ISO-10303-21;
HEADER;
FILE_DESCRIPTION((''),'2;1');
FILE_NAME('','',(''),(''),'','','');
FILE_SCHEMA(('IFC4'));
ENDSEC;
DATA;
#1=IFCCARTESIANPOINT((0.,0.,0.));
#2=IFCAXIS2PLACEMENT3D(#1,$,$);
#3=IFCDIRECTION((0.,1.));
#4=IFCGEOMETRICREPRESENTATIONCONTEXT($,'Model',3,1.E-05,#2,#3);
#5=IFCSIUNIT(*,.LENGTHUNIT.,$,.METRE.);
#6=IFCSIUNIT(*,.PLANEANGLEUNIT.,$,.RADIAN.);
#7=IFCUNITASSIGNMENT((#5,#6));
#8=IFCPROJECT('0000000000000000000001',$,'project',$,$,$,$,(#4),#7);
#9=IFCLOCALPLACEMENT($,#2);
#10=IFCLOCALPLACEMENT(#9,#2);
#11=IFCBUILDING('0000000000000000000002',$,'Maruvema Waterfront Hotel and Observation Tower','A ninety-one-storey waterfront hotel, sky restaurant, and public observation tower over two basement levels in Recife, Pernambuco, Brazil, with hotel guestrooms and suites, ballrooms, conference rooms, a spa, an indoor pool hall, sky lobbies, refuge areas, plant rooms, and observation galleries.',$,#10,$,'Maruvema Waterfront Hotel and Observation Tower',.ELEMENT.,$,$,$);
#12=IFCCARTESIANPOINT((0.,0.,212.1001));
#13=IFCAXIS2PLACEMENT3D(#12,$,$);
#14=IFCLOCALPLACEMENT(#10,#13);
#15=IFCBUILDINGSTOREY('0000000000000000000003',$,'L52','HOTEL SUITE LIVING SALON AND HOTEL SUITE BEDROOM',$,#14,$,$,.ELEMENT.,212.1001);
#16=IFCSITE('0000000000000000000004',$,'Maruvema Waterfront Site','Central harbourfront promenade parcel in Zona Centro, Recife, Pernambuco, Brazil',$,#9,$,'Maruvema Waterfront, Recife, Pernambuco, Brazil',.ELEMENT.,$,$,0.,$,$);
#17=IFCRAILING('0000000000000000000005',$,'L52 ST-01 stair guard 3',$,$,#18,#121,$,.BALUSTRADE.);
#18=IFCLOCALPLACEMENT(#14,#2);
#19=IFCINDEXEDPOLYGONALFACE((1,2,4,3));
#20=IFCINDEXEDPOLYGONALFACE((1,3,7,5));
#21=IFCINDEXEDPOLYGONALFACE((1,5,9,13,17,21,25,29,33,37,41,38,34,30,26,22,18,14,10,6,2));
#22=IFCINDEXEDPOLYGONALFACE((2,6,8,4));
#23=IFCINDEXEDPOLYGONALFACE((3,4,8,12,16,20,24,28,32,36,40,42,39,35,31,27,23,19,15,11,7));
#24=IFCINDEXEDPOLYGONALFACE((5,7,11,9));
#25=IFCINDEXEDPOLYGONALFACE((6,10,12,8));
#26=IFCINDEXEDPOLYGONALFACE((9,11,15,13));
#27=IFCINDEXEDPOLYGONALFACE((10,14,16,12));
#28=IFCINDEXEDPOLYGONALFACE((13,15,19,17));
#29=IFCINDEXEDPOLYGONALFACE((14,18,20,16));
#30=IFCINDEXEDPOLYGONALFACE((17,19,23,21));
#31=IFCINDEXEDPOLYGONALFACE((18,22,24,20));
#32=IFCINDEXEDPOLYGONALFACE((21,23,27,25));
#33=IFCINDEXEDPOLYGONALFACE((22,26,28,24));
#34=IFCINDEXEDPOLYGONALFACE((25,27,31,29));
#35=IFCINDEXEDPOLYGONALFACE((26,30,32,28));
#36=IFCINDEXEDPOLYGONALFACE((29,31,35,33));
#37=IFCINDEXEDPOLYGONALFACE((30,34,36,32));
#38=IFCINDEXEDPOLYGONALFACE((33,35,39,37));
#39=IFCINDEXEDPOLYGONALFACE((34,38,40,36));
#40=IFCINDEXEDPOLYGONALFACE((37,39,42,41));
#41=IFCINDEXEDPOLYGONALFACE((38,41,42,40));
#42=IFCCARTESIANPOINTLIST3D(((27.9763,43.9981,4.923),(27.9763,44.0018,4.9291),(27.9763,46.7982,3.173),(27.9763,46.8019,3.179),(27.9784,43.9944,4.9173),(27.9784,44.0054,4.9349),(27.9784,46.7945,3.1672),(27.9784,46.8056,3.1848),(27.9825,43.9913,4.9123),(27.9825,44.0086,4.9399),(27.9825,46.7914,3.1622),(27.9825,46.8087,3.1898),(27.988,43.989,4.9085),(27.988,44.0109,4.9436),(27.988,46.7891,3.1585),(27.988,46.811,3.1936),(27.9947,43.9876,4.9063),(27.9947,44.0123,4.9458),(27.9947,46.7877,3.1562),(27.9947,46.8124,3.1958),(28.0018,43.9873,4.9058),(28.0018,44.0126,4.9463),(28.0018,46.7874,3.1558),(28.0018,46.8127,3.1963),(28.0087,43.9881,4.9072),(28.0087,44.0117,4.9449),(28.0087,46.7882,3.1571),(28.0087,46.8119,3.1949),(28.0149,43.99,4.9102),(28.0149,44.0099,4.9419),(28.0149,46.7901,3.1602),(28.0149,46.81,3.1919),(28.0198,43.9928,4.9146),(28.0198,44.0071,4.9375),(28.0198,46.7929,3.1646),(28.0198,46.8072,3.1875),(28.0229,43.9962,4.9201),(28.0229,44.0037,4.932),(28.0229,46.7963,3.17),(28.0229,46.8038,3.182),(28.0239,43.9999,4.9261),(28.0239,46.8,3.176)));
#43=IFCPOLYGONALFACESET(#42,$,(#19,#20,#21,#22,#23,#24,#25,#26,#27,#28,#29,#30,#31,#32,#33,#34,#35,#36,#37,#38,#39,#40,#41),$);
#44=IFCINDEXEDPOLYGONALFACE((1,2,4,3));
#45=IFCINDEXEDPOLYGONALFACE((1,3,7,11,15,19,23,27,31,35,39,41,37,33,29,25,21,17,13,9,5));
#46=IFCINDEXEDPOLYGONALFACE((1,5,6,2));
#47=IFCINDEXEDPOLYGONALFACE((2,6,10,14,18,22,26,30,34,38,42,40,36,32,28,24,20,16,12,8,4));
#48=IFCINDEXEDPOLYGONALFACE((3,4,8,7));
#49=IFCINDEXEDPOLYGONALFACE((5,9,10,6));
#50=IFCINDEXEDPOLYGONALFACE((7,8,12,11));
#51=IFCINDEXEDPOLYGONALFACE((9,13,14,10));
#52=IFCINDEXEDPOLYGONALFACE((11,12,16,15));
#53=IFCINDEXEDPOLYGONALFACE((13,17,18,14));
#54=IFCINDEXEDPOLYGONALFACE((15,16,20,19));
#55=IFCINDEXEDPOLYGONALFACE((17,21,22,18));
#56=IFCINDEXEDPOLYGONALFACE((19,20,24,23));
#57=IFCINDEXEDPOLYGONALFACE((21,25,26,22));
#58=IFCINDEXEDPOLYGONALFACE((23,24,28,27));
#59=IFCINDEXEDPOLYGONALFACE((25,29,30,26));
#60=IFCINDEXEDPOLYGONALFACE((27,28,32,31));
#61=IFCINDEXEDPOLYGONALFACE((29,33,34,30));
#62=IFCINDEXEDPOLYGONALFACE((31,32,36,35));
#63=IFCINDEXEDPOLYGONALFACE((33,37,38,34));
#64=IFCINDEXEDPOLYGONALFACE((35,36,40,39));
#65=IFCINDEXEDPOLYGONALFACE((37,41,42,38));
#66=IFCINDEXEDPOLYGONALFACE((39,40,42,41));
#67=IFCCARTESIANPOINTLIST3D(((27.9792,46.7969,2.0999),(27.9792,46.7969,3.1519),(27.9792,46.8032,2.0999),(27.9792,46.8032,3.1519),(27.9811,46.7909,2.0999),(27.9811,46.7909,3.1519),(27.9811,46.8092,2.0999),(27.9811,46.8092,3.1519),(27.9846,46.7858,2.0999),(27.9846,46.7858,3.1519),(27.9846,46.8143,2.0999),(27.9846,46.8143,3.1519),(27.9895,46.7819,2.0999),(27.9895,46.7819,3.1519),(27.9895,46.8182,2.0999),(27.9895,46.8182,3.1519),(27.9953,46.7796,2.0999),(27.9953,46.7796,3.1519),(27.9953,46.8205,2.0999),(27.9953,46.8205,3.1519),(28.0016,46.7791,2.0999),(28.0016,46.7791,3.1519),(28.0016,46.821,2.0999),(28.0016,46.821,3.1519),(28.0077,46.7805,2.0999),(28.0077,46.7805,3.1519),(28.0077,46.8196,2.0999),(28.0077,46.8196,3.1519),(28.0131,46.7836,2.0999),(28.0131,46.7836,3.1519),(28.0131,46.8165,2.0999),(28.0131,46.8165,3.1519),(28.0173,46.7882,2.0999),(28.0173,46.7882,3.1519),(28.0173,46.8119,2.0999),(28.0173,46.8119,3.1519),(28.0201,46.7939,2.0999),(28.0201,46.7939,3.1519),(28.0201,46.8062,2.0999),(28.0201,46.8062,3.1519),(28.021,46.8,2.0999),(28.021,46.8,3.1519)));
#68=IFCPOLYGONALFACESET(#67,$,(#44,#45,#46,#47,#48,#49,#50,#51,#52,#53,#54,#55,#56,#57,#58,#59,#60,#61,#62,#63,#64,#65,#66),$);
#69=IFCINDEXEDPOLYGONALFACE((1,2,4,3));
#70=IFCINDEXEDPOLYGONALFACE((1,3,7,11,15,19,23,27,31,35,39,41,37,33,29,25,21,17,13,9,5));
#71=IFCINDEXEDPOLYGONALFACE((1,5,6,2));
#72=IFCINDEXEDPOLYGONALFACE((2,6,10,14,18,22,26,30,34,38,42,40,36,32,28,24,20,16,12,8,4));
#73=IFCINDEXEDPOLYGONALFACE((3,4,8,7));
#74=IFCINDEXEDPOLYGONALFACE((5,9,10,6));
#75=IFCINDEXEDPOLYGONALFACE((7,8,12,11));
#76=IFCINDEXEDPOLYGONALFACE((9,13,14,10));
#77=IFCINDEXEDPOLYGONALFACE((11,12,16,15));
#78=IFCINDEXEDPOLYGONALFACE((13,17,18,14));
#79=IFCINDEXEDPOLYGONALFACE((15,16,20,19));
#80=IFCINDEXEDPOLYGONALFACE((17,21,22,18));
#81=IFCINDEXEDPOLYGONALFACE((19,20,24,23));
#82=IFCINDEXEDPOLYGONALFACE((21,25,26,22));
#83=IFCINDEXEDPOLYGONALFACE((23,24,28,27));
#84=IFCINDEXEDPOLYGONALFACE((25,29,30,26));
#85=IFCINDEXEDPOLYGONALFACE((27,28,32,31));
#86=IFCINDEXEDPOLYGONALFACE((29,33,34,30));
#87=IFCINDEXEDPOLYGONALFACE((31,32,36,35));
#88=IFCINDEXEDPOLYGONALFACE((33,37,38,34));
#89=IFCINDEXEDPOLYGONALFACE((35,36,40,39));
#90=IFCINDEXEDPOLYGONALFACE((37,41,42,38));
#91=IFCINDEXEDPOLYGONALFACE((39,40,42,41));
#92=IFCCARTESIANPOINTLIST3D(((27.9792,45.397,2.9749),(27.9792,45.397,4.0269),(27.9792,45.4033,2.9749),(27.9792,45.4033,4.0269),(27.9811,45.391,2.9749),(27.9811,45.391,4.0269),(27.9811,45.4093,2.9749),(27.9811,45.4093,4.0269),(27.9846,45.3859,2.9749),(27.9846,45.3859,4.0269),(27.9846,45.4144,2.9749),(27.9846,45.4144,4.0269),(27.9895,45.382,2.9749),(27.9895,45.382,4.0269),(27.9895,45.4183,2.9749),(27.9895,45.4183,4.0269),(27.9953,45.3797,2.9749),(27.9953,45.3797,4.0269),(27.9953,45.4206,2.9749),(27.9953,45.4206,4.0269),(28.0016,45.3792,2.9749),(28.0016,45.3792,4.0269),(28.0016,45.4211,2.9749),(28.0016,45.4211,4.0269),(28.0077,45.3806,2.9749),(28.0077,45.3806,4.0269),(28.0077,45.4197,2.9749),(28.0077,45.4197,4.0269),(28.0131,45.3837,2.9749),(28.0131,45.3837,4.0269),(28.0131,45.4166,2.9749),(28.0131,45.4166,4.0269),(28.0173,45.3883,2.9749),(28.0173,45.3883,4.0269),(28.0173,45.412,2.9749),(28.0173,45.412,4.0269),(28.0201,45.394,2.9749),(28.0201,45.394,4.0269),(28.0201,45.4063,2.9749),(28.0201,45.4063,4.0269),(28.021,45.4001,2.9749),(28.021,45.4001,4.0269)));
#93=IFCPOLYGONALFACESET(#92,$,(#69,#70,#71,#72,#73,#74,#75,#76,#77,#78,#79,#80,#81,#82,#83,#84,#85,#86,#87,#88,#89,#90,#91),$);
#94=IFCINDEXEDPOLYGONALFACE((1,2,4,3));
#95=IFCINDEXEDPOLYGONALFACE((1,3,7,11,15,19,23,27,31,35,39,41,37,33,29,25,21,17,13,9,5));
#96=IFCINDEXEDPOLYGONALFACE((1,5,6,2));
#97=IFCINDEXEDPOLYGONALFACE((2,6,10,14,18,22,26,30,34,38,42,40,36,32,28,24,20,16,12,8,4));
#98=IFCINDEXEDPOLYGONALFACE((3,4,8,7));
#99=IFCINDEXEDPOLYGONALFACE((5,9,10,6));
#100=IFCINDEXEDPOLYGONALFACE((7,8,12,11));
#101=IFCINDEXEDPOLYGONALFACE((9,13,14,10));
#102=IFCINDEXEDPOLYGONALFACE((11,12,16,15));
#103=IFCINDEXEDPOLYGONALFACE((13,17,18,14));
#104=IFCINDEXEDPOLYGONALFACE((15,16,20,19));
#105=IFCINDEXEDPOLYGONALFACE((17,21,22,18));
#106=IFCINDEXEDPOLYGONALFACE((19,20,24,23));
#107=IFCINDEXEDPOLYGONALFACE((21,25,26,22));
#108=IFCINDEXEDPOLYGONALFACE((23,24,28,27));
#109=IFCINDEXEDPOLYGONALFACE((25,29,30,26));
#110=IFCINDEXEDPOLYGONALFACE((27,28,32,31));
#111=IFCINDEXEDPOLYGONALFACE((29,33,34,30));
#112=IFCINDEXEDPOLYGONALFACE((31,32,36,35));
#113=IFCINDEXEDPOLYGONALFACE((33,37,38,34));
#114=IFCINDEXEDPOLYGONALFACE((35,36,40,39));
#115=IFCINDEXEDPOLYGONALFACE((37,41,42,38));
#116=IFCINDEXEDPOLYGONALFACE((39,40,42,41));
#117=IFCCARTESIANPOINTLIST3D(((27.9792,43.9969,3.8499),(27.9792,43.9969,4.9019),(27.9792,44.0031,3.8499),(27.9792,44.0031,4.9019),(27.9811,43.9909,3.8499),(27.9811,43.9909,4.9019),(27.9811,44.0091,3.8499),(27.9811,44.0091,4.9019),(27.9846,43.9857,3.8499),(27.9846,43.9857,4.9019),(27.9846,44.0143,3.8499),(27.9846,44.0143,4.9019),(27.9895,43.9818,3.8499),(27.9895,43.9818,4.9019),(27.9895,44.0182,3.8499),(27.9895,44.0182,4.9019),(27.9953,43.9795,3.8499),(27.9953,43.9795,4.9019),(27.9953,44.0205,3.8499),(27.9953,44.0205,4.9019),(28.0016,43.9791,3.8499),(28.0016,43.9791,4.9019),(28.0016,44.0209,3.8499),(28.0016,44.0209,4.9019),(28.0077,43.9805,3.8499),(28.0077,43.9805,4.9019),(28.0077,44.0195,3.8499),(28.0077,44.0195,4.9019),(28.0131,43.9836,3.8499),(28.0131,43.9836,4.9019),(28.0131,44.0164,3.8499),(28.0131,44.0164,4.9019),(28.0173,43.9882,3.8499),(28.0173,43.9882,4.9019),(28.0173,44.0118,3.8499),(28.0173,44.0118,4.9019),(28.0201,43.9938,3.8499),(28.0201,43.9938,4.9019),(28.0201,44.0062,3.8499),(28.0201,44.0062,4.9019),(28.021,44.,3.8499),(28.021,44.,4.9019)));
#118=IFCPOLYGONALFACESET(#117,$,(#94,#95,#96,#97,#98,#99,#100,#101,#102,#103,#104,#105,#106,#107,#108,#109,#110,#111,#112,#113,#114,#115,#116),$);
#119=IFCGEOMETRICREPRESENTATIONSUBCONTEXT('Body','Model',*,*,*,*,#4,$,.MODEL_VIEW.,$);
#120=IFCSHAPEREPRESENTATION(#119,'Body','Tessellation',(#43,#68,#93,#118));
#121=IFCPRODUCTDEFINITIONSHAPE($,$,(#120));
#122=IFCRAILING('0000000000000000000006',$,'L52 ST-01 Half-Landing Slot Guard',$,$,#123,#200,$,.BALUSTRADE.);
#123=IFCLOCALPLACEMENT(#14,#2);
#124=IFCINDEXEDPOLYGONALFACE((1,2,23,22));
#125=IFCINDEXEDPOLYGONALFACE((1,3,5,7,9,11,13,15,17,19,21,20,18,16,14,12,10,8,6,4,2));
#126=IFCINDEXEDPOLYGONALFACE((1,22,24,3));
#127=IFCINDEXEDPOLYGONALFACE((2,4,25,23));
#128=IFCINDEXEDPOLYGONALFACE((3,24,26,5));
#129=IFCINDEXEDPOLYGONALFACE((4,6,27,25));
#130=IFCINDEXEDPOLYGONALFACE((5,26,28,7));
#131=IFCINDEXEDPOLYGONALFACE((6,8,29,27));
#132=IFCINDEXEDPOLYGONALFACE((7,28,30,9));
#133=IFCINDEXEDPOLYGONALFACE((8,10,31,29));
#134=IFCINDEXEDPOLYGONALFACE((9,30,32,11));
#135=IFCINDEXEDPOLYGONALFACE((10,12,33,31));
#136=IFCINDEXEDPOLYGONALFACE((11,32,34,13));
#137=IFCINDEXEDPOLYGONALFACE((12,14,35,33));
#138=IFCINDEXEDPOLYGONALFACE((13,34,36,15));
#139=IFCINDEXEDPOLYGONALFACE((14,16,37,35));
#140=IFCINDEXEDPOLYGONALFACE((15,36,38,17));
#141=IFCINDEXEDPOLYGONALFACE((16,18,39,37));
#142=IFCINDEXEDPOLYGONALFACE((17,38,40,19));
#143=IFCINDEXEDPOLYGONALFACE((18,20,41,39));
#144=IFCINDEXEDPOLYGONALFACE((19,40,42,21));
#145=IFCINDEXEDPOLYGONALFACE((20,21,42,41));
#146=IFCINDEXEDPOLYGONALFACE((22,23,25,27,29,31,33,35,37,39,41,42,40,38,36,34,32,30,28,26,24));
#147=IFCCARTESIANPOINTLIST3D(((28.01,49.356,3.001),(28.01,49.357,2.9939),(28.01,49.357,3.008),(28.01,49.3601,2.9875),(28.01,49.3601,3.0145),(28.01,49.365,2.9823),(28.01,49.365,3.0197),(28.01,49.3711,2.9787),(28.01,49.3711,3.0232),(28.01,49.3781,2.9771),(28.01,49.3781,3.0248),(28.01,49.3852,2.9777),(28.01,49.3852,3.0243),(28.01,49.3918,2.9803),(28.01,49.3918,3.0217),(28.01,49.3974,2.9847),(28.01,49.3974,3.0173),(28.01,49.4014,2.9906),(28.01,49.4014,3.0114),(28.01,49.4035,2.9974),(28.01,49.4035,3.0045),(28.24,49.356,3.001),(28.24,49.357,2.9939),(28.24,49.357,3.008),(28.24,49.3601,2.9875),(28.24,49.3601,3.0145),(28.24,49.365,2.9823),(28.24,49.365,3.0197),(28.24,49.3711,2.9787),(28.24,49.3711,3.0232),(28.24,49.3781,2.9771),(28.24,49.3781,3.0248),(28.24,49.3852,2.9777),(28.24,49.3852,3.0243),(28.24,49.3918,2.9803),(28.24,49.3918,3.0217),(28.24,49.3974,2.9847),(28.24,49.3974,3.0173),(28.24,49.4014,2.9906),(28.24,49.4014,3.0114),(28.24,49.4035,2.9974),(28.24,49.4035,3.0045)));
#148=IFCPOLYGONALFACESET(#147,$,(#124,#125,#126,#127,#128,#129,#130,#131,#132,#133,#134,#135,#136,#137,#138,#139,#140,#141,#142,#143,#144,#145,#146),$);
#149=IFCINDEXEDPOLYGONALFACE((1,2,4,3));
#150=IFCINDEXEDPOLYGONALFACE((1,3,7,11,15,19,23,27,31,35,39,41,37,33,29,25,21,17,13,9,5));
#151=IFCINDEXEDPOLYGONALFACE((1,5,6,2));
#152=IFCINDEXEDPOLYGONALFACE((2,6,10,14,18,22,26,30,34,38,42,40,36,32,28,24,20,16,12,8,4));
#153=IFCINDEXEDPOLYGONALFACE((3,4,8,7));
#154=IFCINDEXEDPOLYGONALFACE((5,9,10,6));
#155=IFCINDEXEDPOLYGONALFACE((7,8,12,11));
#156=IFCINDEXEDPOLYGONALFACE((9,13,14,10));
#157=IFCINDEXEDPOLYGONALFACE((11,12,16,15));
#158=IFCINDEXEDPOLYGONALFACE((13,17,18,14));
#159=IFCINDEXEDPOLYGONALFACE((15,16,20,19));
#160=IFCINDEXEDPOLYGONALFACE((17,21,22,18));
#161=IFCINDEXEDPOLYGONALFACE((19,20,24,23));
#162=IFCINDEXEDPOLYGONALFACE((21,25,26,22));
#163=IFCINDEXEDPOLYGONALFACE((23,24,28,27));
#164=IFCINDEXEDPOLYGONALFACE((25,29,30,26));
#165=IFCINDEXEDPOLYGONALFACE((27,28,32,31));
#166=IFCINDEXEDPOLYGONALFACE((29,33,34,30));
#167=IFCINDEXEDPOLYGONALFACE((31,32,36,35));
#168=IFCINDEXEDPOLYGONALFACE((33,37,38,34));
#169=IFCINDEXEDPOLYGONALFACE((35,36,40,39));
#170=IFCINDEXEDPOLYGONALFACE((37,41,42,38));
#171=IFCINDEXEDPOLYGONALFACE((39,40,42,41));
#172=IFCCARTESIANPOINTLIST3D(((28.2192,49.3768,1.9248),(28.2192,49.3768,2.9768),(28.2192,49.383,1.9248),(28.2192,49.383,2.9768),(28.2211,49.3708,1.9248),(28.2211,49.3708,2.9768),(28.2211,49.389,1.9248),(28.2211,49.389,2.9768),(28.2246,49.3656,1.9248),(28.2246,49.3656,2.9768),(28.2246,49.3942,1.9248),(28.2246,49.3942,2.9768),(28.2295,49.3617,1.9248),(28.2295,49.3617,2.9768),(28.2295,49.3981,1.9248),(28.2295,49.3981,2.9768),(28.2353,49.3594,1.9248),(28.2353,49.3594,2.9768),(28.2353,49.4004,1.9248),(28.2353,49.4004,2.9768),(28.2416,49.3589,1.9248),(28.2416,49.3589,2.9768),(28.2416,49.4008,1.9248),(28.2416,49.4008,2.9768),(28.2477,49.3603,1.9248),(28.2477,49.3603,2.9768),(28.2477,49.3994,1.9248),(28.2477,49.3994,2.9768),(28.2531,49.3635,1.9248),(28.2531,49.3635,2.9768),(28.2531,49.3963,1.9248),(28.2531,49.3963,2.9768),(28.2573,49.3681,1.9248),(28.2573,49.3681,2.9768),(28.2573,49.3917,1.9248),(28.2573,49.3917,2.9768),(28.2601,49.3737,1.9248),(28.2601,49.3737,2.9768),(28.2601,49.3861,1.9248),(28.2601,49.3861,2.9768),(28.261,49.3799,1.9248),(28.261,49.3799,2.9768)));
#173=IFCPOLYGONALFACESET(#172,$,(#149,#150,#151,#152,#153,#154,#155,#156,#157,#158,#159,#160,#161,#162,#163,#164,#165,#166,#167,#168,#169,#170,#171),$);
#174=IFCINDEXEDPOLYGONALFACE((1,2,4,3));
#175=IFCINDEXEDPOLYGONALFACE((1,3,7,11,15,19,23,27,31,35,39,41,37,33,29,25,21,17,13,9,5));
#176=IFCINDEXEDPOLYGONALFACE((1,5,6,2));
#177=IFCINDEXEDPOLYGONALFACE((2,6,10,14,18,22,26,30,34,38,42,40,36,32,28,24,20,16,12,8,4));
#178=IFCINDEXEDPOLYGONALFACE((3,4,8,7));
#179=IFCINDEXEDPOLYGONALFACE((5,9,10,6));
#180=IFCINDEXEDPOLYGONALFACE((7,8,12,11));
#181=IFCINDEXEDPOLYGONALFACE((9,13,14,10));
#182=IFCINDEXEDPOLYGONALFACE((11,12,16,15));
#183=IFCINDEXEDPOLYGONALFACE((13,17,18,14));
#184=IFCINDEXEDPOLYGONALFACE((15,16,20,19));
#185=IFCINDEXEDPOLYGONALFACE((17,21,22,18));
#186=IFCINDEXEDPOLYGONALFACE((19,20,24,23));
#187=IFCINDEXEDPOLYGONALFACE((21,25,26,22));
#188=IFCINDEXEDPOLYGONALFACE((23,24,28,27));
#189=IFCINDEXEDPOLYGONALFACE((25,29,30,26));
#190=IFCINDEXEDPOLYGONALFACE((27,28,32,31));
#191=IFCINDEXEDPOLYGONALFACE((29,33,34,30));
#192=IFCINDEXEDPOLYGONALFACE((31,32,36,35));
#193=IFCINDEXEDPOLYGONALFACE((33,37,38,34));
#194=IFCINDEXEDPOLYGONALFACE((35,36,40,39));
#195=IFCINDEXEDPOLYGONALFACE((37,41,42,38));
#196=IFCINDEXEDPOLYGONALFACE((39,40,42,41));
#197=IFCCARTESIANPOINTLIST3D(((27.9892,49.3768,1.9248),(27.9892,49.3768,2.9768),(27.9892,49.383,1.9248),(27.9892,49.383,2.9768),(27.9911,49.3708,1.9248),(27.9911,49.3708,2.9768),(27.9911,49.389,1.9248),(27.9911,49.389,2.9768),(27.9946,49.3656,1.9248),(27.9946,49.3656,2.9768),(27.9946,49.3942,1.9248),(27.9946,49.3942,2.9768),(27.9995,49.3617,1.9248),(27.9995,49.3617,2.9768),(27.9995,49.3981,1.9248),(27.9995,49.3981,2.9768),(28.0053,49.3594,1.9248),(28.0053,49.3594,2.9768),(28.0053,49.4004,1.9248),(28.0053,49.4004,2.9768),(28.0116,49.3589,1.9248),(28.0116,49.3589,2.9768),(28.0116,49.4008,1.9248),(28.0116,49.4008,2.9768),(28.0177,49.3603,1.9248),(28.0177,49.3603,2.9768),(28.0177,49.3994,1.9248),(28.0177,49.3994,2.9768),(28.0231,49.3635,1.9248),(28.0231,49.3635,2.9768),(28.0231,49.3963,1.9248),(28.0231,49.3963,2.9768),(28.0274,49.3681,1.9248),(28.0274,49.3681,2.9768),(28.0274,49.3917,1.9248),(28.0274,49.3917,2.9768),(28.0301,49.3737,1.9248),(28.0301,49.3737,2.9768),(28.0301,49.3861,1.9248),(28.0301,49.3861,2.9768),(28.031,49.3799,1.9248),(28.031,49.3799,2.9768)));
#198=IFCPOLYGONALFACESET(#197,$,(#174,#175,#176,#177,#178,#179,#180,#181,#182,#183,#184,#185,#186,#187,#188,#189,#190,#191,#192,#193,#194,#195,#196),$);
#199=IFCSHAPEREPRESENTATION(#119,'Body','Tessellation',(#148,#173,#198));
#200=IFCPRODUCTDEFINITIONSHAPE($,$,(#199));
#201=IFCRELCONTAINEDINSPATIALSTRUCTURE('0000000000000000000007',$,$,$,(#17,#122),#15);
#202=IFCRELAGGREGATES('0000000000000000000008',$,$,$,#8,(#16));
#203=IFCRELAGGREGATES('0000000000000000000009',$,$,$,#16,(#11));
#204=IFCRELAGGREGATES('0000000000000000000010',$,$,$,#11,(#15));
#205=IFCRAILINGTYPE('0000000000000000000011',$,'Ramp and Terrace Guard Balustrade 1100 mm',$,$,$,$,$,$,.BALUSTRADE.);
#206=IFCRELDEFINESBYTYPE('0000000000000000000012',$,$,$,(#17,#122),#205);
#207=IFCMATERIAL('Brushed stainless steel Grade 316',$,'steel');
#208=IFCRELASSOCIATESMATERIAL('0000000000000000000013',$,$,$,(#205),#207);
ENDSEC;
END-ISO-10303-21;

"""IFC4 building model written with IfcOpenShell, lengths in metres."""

from ifc_helpers import new_model, si_unit, direction, frame, origin, origin_2d, place, context, subcontext, project, spatial, circle, extrude, material, type_object, element, save


model = new_model("IFC4")

# Units and contexts
model_context = context("Model", 3, precision=1e-05, world=origin(), true_north=direction((0.0, 1.0)))
body_context = subcontext(model_context, "Body", "Model", "MODEL_VIEW")
ifc_project = project(units=[si_unit("LENGTHUNIT", "METRE"), si_unit("PLANEANGLEUNIT", "RADIAN")], contexts=[model_context])

# Site, building, storey
site_placement = place(None, origin())
site = spatial("IfcSite", under=ifc_project, at=site_placement, Name="Maruvema Waterfront Site", Description="Central harbourfront promenade parcel in Zona Centro, Recife, Pernambuco, Brazil", LongName="Maruvema Waterfront, Recife, Pernambuco, Brazil", CompositionType="ELEMENT", RefElevation=0.0)
building_placement = place(site_placement, origin())
building = spatial("IfcBuilding", under=site, at=building_placement, Name="Maruvema Waterfront Hotel and Observation Tower", Description="A ninety-one-storey waterfront hotel, sky restaurant, and public observation tower over two basement levels in Recife, Pernambuco, Brazil, with hotel guestrooms and suites, ballrooms, conference rooms, a spa, an indoor pool hall, sky lobbies, refuge areas, plant rooms, and observation galleries.", LongName="Maruvema Waterfront Hotel and Observation Tower", CompositionType="ELEMENT")
storey_placement = place(building_placement, frame((0.0, 0.0, 212.1001)))
storey = spatial("IfcBuildingStorey", under=building, at=storey_placement, Name="L52", Description="HOTEL SUITE LIVING SALON AND HOTEL SUITE BEDROOM", CompositionType="ELEMENT", Elevation=212.1001)

# Railings
ifc_material_1 = material(Name="Brushed stainless steel Grade 316", Category="steel")
railing_type_1 = type_object("IfcRailingType", Name="Ramp and Terrace Guard Balustrade 1100 mm", PredefinedType="BALUSTRADE", material=ifc_material_1)
railing_1_placement = place(storey_placement, frame((28.0, 46.8, 2.0999)))
element("IfcRailing", 1, at=railing_1_placement, inside=storey, type_object=railing_type_1, Name="L52 ST-01 stair guard 3", PredefinedType="BALUSTRADE", context=body_context, shape_type="SweptSolid", body=[
    extrude(circle(Radius=0.0239, at=origin_2d()), frame((0.0, 0.0, 1.0762), z_axis=(0.0, -0.848002, 0.529992), x_axis=(1.0, 0.0, 0.0)), (0.0, 0.0, 1.0), 3.302),
    extrude(circle(Radius=0.021, at=origin_2d()), origin(), (0.0, 0.0, 1.0), 1.052),
    extrude(circle(Radius=0.021, at=origin_2d()), frame((0.0, -1.3999, 0.875)), (0.0, 0.0, 1.0), 1.052),
    extrude(circle(Radius=0.021, at=origin_2d()), frame((0.0, -2.8, 1.75)), (0.0, 0.0, 1.0), 1.052),
])
railing_2_placement = place(storey_placement, frame((28.24, 49.3799, 1.9248)))
element("IfcRailing", 2, at=railing_2_placement, inside=storey, type_object=railing_type_1, Name="L52 ST-01 Half-Landing Slot Guard", PredefinedType="BALUSTRADE", context=body_context, shape_type="SweptSolid", body=[
    extrude(circle(Radius=0.0239, at=origin_2d()), frame((0.0, 0.0, 1.0762), z_axis=(-1.0, 0.0, 0.0), x_axis=(0.0, -1.0, 0.0)), (0.0, 0.0, 1.0), 0.23),
    extrude(circle(Radius=0.021, at=origin_2d()), origin(), (0.0, 0.0, 1.0), 1.052),
    extrude(circle(Radius=0.021, at=origin_2d()), frame((-0.23, 0.0, 0.0)), (0.0, 0.0, 1.0), 1.052),
])

save(model, "model.ifc")
